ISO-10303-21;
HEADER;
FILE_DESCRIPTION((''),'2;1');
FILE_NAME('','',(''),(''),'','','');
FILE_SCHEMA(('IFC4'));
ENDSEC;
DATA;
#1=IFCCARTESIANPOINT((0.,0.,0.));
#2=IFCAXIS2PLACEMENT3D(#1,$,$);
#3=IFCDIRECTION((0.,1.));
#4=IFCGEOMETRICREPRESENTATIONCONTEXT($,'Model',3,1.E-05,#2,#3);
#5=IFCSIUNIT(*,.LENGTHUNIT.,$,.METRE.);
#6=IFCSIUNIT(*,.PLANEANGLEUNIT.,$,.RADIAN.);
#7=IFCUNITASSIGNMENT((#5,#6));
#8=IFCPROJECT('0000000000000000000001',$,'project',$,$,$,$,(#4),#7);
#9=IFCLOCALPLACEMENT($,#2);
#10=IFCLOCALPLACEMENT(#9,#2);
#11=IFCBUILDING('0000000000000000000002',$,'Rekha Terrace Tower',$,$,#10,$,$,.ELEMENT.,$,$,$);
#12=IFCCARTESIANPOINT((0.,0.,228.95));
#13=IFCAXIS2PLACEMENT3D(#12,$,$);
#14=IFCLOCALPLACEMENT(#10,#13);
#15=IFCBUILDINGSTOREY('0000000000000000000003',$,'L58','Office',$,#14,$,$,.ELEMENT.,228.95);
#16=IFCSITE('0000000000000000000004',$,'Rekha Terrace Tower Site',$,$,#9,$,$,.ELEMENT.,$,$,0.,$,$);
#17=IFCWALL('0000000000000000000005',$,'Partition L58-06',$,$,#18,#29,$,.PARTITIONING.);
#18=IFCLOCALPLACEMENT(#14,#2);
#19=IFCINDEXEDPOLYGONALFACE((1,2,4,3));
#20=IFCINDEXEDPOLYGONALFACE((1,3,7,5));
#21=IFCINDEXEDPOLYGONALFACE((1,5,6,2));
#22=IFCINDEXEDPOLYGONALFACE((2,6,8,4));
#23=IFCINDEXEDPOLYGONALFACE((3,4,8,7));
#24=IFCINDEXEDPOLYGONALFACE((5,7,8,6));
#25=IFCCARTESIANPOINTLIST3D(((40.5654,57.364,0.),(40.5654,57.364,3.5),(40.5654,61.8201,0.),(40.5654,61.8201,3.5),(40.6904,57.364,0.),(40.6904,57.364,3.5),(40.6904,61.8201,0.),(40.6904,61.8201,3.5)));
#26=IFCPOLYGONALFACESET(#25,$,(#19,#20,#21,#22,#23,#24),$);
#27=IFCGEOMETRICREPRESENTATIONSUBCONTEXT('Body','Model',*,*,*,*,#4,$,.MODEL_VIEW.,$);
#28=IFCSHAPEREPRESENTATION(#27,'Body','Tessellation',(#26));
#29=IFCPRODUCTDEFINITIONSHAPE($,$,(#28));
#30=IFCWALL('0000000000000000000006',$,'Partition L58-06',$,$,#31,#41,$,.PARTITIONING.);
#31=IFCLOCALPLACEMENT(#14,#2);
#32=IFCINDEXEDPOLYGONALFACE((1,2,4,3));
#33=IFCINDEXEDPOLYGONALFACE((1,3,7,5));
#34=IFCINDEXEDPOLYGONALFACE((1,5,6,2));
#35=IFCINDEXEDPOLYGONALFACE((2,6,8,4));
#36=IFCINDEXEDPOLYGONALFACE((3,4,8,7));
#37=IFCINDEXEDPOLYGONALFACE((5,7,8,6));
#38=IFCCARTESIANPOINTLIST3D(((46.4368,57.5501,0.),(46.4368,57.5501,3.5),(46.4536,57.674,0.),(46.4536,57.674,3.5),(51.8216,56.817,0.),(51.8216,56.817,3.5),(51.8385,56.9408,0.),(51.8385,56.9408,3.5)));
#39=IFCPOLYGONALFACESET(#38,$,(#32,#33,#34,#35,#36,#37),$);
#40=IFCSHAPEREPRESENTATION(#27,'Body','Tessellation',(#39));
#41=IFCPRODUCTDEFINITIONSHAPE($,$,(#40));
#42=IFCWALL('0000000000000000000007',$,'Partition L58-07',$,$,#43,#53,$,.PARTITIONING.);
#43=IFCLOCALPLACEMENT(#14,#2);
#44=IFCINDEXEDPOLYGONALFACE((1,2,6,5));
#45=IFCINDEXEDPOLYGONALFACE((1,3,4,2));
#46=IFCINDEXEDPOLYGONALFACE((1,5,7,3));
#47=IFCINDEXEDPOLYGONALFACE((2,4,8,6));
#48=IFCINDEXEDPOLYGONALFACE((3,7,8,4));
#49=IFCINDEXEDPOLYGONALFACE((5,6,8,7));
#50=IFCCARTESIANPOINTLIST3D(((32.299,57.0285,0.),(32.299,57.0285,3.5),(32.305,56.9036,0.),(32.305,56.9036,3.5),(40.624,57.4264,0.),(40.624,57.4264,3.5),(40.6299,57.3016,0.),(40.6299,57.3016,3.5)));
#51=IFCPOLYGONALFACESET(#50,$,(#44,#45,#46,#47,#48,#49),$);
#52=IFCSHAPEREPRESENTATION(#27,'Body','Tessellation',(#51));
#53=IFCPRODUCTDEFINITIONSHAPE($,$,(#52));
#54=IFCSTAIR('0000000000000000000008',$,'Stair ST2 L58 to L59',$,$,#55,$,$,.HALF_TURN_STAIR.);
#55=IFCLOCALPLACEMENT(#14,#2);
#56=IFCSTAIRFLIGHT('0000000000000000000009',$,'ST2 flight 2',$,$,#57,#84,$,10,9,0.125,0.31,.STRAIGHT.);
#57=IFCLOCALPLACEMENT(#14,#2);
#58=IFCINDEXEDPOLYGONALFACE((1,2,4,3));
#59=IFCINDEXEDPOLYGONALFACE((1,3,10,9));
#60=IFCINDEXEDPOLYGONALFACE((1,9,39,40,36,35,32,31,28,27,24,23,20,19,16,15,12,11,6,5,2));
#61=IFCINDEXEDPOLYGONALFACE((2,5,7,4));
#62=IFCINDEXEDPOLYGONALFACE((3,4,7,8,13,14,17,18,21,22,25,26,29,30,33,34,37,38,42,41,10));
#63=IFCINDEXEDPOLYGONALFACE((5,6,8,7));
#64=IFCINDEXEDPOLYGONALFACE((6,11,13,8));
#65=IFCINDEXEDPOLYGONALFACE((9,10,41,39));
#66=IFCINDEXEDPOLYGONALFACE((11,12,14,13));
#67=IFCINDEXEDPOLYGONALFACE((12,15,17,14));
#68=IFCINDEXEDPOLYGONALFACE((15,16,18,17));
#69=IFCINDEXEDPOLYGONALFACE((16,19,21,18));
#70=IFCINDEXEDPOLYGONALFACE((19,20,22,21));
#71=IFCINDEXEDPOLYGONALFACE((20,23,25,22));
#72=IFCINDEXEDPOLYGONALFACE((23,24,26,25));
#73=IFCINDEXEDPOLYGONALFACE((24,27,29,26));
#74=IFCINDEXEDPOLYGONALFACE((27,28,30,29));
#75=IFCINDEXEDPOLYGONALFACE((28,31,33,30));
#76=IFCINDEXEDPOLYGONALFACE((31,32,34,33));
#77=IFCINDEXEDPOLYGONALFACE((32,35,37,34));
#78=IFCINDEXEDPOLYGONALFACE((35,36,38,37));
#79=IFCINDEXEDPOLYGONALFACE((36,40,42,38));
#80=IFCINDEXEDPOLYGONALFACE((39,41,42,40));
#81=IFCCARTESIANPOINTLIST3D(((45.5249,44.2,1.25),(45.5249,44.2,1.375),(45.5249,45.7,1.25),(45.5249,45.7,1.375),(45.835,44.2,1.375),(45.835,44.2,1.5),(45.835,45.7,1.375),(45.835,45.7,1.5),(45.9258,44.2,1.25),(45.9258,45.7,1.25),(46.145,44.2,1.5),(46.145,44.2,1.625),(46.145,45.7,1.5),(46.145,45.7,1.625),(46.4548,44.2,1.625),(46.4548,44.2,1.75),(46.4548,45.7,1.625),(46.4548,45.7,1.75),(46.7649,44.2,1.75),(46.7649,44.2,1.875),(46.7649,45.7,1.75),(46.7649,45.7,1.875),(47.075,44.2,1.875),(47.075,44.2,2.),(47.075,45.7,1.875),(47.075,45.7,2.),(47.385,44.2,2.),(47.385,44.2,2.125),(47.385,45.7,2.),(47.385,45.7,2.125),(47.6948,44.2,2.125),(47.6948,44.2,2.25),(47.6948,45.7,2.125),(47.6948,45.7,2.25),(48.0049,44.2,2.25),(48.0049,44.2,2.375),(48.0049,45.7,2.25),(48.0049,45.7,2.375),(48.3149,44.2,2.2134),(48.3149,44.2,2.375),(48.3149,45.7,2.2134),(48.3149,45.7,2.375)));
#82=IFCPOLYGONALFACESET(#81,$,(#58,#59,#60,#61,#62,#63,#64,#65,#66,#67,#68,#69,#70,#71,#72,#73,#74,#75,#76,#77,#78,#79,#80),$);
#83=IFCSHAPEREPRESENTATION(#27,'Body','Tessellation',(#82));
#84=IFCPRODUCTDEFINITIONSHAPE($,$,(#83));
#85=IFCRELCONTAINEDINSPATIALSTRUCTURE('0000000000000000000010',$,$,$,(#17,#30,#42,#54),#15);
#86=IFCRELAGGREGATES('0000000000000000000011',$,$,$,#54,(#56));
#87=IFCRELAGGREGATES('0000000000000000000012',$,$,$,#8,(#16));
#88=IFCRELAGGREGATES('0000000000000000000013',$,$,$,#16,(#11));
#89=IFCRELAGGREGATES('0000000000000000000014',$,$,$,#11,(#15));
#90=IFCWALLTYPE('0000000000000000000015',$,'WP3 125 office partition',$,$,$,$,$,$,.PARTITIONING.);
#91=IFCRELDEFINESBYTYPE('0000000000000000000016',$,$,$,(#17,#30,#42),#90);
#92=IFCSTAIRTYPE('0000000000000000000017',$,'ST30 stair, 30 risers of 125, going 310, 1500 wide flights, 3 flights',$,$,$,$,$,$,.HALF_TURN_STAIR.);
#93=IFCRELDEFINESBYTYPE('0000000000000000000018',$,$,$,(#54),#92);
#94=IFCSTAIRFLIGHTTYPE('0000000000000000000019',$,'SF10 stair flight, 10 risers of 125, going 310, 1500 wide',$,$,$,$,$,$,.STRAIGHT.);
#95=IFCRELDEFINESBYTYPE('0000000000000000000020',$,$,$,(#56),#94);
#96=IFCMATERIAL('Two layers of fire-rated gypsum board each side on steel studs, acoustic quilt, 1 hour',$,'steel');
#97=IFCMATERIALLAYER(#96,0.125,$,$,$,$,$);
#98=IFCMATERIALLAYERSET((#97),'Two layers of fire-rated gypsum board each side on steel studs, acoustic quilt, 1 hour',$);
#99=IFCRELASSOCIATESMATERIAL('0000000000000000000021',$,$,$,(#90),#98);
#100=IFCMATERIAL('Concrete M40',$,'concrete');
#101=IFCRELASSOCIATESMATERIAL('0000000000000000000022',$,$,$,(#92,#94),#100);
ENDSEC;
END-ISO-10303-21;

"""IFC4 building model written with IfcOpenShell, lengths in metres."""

from ifc_helpers import new_model, si_unit, direction, frame, frame_2d, origin, place, context, subcontext, project, spatial, polyline, rectangle, outline, extrude, material, layer, layer_set, type_object, element, aggregate, save


model = new_model("IFC4")

# Units and contexts
model_context = context("Model", 3, precision=1e-05, world=origin(), true_north=direction((0.0, 1.0)))
body_context = subcontext(model_context, "Body", "Model", "MODEL_VIEW")
ifc_project = project(units=[si_unit("LENGTHUNIT", "METRE"), si_unit("PLANEANGLEUNIT", "RADIAN")], contexts=[model_context])

# Site, building, storey
site_placement = place(None, origin())
site = spatial("IfcSite", under=ifc_project, at=site_placement, Name="Rekha Terrace Tower Site", CompositionType="ELEMENT", RefElevation=0.0)
building_placement = place(site_placement, origin())
building = spatial("IfcBuilding", under=site, at=building_placement, Name="Rekha Terrace Tower", CompositionType="ELEMENT")
storey_placement = place(building_placement, frame((0.0, 0.0, 228.95)))
storey = spatial("IfcBuildingStorey", under=building, at=storey_placement, Name="L58", Description="Office", CompositionType="ELEMENT", Elevation=228.95)

# Shared definitions
ifc_material_1 = material(Name="Two layers of fire-rated gypsum board each side on steel studs, acoustic quilt, 1 hour", Category="steel")
ifc_layer_1 = layer(ifc_material_1, 0.125)
ifc_layer_set_1 = layer_set([ifc_layer_1], Name="Two layers of fire-rated gypsum board each side on steel studs, acoustic quilt, 1 hour")
wall_type_1 = type_object("IfcWallType", Name="WP3 125 office partition", PredefinedType="PARTITIONING", material=ifc_layer_set_1)

# Walls
wall_1_placement = place(storey_placement, frame((40.6279, 57.364, 0.0), z_axis=(0.0, 0.0, 1.0), x_axis=(0.0, 1.0, 0.0)))
element("IfcWall", 1, at=wall_1_placement, inside=storey, type_object=wall_type_1, Name="Partition L58-06", PredefinedType="PARTITIONING", context=body_context, shape_type="SweptSolid", body=[
    extrude(rectangle(XDim=4.4561, YDim=0.125, at=frame_2d((2.228, 0.0))), origin(), (0.0, 0.0, 1.0), 3.5),
])
wall_2_placement = place(storey_placement, frame((51.8301, 56.8789, 0.0), z_axis=(0.0, 0.0, 1.0), x_axis=(-0.990859, 0.134903, 0.0)))
element("IfcWall", 2, at=wall_2_placement, inside=storey, type_object=wall_type_1, Name="Partition L58-06", PredefinedType="PARTITIONING", context=body_context, shape_type="SweptSolid", body=[
    extrude(rectangle(XDim=5.4346, YDim=0.125, at=frame_2d((2.7173, 0.0))), origin(), (0.0, 0.0, 1.0), 3.5),
])
wall_3_placement = place(storey_placement, frame((40.627, 57.364, 0.0), z_axis=(0.0, 0.0, 1.0), x_axis=(-0.998859, -0.047747, 0.0)))
element("IfcWall", 3, at=wall_3_placement, inside=storey, type_object=wall_type_1, Name="Partition L58-07", PredefinedType="PARTITIONING", context=body_context, shape_type="SweptSolid", body=[
    extrude(rectangle(XDim=8.3345, YDim=0.125, at=frame_2d((4.1672, 0.0))), origin(), (0.0, 0.0, 1.0), 3.5),
])

# Stair, stair flight
ifc_material_2 = material(Name="Concrete M40", Category="concrete")
stair_type = type_object("IfcStairType", Name="ST30 stair, 30 risers of 125, going 310, 1500 wide flights, 3 flights", PredefinedType="HALF_TURN_STAIR", material=ifc_material_2)
stair_placement = place(storey_placement, origin())
stair = element("IfcStair", 4, at=stair_placement, inside=storey, type_object=stair_type, Name="Stair ST2 L58 to L59", PredefinedType="HALF_TURN_STAIR")
stair_flight_type = type_object("IfcStairFlightType", Name="SF10 stair flight, 10 risers of 125, going 310, 1500 wide", PredefinedType="STRAIGHT", material=ifc_material_2)
stair_flight_placement = place(storey_placement, frame((45.5249, 44.95, 1.25), z_axis=(0.0, 0.0, 1.0), x_axis=(1.0, 0.0, 0.0)))
stair_flight = element("IfcStairFlight", 5, at=stair_flight_placement, type_object=stair_flight_type, Name="ST2 flight 2", NumberOfRisers=10, NumberOfTreads=9, PredefinedType="STRAIGHT", RiserHeight=0.125, TreadLength=0.31, context=body_context, shape_type="SweptSolid", body=[
    extrude(outline(polyline([(0.0, 0.0), (0.0, 0.125), (0.3101, 0.125), (0.3101, 0.25), (0.6201, 0.25), (0.6201, 0.375), (0.9299, 0.375), (0.9299, 0.5), (1.24, 0.5), (1.24, 0.625), (1.55, 0.625), (1.55, 0.75), (1.8601, 0.75), (1.8601, 0.875), (2.1699, 0.875), (2.1699, 1.0), (2.48, 1.0), (2.48, 1.125), (2.79, 1.125), (2.79, 1.25), (2.79, 0.9634), (0.4009, 0.0), (0.0, 0.0)])), frame((0.0, 0.75, 0.0), z_axis=(0.0, -1.0, 0.0), x_axis=(1.0, 0.0, 0.0)), (0.0, 0.0, 1.0), 1.5),
])
aggregate(stair, [stair_flight])

save(model, "model.ifc")
